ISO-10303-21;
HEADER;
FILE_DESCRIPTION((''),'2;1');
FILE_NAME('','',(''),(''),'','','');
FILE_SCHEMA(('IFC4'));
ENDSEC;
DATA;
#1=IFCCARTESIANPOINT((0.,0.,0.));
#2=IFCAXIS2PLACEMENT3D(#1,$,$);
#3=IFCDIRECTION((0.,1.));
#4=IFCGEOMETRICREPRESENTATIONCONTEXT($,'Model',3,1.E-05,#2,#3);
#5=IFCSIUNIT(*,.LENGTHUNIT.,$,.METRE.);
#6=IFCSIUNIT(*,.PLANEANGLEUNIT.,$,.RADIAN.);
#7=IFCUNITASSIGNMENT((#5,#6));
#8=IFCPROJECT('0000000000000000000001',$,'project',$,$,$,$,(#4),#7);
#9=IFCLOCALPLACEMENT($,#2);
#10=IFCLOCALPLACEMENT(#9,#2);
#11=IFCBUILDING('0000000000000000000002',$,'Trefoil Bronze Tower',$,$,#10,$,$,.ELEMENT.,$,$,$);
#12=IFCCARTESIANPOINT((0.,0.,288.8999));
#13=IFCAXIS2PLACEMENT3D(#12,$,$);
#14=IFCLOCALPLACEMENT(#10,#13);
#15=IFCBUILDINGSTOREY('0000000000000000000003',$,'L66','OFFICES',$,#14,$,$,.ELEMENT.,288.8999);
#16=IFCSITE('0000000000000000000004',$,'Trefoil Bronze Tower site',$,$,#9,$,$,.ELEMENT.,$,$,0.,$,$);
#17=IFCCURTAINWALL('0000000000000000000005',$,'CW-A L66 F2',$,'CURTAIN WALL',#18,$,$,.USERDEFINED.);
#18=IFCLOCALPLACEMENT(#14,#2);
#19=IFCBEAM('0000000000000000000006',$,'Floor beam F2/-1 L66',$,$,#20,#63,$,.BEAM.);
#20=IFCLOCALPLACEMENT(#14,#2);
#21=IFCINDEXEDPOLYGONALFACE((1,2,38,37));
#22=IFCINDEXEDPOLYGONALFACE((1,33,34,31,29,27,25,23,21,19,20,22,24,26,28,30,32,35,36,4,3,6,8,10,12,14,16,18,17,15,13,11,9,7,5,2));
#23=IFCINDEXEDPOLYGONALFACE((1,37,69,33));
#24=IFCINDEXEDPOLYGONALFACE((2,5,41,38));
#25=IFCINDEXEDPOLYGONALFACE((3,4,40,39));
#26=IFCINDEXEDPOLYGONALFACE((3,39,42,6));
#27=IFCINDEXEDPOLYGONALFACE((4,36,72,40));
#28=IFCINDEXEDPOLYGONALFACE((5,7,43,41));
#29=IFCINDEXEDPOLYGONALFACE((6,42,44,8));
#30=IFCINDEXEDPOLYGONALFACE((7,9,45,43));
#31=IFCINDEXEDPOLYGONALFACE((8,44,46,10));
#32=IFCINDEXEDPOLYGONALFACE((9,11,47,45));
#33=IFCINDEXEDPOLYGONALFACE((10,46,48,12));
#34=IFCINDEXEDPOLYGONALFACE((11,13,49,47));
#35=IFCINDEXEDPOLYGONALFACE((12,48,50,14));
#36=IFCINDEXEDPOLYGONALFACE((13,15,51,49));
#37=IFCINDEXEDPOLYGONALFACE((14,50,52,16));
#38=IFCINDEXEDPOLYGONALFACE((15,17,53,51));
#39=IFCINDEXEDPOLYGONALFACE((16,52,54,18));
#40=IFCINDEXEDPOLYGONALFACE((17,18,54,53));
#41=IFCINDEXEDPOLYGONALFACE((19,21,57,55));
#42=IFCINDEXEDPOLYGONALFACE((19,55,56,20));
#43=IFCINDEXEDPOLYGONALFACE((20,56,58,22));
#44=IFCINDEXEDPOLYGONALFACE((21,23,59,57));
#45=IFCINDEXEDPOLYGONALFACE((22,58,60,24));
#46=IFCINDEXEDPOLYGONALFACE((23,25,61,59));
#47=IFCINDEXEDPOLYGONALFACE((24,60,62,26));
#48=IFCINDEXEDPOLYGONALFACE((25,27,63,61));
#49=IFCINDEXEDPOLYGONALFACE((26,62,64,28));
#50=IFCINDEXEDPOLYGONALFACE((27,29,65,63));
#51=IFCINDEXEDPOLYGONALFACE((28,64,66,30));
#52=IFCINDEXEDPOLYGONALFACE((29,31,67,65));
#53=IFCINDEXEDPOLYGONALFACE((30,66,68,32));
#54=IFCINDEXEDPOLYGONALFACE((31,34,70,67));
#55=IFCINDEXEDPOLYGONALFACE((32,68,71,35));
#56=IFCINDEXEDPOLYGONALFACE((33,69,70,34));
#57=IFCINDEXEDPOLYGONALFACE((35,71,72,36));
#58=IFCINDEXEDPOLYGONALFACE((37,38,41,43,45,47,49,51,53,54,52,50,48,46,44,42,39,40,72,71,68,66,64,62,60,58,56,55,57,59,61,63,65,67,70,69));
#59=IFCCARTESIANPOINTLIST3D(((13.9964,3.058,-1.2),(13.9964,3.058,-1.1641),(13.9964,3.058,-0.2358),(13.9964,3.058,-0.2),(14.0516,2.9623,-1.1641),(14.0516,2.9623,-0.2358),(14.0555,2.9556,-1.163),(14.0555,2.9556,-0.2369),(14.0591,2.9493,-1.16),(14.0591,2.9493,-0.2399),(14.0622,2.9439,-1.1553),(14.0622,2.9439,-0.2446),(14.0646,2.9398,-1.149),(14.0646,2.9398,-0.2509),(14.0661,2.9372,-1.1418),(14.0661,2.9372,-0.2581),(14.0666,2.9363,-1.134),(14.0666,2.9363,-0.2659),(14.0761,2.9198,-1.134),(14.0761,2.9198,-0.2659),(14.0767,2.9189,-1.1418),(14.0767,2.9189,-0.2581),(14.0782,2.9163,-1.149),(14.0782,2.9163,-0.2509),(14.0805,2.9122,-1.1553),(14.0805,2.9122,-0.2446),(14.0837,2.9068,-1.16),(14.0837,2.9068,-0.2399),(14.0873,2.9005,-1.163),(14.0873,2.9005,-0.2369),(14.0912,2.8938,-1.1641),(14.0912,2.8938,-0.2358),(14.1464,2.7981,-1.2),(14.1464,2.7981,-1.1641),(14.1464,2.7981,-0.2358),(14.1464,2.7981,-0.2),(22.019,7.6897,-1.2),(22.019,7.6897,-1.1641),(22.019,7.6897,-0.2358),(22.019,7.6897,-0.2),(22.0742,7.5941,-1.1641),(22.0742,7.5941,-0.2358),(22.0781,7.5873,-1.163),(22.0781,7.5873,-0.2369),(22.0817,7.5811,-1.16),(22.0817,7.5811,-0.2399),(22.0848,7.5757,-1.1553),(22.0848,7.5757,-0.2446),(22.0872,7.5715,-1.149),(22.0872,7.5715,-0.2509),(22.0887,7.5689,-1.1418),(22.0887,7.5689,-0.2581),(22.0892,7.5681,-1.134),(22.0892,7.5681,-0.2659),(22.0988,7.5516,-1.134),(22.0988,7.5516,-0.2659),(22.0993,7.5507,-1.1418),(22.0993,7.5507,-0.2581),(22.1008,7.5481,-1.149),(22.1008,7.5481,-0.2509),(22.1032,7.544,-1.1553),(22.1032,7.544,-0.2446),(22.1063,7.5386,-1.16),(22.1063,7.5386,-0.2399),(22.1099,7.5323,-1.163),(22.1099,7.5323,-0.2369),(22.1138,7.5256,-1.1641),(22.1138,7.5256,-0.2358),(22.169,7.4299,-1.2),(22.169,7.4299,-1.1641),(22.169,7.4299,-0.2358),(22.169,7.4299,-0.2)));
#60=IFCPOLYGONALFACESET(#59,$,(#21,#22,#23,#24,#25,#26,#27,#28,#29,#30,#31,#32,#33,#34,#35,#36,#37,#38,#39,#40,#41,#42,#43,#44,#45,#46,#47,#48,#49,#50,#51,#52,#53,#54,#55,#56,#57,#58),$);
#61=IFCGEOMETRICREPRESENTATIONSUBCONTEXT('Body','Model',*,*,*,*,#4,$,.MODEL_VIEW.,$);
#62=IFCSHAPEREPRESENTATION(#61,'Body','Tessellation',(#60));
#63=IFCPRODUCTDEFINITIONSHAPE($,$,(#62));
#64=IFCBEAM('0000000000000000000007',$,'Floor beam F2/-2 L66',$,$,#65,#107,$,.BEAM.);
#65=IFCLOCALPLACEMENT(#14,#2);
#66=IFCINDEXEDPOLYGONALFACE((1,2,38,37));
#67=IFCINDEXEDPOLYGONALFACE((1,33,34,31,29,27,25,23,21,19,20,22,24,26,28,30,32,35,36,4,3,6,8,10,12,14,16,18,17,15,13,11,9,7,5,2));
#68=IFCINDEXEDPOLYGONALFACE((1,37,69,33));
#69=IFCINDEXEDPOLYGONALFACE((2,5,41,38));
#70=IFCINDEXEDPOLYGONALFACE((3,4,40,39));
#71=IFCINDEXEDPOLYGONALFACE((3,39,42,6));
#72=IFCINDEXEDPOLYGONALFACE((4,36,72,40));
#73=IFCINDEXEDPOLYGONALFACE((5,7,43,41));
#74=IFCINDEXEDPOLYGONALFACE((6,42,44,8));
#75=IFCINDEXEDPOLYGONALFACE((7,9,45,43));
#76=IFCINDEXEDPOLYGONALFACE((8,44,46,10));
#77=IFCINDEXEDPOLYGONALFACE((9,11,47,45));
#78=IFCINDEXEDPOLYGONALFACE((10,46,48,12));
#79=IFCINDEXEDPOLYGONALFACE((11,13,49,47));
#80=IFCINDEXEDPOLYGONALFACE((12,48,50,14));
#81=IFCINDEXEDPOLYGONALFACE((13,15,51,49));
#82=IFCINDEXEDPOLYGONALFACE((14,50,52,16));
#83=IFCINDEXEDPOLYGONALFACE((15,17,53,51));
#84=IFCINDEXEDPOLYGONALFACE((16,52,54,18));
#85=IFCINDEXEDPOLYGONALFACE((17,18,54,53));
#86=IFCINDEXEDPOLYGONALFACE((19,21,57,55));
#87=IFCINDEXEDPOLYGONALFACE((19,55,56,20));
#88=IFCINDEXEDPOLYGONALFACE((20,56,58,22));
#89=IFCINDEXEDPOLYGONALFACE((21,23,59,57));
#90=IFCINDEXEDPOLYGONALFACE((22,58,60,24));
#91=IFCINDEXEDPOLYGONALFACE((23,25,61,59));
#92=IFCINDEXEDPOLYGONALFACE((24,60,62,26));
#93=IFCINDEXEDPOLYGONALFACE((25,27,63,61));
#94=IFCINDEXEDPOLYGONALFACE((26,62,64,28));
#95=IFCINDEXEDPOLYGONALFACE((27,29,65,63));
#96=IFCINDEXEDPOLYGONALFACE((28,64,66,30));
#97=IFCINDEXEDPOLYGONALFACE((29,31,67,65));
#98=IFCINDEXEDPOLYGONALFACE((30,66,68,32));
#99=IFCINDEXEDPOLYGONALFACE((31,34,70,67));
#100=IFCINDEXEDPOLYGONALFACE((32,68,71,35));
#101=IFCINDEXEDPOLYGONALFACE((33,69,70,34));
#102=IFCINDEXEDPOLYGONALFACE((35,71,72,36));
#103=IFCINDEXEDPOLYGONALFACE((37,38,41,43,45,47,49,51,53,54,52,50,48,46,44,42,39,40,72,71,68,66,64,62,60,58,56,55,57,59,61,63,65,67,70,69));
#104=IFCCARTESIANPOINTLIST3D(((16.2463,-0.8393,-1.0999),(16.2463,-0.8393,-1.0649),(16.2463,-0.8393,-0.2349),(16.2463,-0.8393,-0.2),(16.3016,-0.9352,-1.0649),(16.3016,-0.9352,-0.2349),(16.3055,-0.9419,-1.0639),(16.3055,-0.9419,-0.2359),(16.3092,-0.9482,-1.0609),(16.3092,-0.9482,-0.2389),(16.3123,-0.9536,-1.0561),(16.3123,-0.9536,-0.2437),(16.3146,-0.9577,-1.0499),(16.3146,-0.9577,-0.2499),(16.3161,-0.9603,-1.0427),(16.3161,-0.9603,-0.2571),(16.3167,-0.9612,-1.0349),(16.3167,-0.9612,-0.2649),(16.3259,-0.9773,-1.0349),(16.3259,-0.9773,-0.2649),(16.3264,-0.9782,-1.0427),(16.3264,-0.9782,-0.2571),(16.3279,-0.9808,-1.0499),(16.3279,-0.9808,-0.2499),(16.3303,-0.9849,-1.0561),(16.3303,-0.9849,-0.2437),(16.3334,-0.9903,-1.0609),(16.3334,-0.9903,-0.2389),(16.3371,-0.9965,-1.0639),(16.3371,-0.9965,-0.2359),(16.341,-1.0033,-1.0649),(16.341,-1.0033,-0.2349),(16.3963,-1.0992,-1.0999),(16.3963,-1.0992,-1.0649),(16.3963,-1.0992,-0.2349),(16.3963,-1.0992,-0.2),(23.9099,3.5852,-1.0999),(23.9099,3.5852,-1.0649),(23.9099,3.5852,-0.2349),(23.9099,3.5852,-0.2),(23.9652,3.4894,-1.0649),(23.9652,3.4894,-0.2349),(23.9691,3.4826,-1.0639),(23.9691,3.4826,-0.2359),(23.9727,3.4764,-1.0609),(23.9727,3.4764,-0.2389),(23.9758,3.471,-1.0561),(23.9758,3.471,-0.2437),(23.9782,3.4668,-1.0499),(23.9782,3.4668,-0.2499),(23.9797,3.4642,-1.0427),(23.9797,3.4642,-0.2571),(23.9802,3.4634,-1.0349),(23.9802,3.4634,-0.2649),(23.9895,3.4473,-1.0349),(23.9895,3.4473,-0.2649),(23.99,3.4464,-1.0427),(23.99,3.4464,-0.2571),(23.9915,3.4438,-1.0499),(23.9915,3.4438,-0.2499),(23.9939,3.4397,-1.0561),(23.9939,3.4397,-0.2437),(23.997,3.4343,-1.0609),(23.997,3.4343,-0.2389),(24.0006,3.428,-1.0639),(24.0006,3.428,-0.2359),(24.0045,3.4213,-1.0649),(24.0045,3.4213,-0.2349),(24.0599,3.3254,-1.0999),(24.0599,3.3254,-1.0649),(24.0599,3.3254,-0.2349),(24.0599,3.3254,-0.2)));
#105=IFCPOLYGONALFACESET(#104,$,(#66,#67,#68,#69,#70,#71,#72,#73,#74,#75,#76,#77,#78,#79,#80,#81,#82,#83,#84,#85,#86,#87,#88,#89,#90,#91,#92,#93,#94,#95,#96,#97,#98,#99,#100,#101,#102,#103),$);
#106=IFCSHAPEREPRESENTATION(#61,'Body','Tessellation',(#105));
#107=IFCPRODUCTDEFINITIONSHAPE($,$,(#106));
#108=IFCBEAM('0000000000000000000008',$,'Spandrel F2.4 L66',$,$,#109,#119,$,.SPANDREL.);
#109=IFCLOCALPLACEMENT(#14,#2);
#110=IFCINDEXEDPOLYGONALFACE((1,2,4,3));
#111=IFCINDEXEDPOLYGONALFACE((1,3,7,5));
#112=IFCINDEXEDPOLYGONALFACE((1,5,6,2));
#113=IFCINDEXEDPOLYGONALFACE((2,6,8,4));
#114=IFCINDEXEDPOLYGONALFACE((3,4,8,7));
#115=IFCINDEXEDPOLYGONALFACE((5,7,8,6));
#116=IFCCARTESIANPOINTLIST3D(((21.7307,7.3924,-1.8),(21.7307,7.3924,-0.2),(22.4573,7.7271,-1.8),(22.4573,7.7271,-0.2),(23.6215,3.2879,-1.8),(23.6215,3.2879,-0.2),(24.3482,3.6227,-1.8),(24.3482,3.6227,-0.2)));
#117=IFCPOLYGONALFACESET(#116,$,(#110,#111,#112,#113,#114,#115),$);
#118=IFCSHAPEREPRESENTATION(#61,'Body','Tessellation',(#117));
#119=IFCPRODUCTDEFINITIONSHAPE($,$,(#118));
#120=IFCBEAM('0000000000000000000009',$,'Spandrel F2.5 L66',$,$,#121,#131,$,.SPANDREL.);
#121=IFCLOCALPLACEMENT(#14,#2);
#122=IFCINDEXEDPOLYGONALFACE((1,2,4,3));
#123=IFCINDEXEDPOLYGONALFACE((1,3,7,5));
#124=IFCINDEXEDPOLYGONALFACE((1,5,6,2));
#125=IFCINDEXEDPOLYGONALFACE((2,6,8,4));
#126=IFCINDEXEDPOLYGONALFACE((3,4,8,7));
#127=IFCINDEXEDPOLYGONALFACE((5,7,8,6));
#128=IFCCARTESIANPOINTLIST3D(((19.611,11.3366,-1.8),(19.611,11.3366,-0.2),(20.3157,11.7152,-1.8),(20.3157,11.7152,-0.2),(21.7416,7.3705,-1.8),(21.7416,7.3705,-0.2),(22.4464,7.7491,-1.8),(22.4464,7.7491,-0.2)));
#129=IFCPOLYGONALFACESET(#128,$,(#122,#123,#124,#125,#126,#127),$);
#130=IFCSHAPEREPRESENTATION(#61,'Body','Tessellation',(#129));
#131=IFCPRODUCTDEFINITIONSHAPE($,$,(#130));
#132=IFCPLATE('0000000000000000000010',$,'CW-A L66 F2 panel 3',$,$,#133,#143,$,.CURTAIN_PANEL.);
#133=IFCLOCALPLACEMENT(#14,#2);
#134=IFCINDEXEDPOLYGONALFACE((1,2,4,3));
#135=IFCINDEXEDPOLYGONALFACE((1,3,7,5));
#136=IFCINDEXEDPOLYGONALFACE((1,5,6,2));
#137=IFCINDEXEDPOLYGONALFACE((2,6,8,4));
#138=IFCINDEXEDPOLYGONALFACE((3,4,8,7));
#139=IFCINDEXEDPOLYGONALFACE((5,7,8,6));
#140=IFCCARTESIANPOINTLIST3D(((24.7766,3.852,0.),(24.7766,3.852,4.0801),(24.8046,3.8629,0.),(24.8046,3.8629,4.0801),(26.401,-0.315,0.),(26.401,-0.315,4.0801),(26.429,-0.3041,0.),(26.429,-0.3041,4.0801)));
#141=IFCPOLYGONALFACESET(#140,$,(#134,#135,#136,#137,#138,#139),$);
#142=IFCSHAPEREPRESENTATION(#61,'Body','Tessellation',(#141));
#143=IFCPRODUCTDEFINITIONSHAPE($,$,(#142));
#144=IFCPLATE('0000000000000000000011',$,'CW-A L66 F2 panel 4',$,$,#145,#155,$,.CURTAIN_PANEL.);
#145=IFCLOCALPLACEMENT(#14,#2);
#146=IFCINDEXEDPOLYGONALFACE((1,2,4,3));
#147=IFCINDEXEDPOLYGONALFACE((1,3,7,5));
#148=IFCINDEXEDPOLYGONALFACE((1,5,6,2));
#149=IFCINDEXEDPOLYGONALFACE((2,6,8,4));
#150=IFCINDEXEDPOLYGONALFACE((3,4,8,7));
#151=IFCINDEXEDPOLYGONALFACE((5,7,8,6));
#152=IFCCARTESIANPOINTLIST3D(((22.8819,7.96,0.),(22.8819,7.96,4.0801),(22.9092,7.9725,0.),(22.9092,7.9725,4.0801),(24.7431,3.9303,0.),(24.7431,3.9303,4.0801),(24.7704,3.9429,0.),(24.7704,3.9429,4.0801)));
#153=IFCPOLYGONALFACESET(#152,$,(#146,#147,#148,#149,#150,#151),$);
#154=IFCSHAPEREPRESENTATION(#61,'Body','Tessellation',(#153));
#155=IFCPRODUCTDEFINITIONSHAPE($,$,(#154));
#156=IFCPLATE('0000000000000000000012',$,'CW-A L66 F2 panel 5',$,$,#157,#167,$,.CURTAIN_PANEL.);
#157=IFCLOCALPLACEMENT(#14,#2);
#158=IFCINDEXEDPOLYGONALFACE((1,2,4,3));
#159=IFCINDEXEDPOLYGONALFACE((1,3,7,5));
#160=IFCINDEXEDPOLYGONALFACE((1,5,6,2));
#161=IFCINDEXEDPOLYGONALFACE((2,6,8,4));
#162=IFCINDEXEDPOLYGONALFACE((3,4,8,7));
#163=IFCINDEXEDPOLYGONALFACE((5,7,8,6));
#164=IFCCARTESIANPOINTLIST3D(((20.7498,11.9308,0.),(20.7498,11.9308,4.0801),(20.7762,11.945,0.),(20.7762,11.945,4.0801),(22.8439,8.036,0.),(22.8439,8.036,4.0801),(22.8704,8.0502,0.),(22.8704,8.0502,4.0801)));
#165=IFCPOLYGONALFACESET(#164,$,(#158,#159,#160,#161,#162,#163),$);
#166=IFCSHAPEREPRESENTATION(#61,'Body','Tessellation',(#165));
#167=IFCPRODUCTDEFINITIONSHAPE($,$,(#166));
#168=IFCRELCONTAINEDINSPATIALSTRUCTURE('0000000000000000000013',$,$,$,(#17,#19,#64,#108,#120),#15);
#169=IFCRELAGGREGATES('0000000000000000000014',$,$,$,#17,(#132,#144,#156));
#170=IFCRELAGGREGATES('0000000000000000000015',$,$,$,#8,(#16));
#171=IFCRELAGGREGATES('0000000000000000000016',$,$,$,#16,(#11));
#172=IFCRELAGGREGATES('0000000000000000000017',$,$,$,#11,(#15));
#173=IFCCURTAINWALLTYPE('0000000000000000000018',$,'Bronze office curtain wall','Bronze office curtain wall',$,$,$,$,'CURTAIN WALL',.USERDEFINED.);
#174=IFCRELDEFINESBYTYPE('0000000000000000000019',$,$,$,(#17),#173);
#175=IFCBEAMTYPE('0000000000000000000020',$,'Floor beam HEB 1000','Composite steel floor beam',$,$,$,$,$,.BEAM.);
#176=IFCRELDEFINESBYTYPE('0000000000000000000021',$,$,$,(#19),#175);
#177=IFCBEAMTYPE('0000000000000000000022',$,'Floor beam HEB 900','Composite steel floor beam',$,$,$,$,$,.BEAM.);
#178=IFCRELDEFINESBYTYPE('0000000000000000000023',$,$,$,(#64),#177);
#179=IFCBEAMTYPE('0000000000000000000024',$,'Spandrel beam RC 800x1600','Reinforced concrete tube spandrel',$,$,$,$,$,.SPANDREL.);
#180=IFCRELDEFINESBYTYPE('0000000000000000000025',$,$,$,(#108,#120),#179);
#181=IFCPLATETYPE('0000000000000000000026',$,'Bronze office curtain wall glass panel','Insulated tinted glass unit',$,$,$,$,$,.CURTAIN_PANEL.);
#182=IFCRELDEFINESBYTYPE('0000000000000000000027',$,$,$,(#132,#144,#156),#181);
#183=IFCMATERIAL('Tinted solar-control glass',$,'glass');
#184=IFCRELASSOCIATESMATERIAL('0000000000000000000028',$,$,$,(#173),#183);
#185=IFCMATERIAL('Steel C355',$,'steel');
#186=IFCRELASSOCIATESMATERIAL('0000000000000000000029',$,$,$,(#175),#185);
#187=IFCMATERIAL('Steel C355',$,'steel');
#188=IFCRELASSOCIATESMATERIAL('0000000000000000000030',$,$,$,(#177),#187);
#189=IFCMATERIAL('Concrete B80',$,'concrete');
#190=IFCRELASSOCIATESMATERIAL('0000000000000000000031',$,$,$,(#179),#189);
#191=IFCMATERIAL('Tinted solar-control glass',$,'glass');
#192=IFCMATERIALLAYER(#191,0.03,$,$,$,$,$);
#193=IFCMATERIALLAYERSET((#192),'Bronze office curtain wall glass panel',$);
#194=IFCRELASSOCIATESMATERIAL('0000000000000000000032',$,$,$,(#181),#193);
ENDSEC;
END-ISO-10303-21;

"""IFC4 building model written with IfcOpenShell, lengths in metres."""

from ifc_helpers import new_model, si_unit, direction, frame, origin, origin_2d, place, context, subcontext, project, spatial, rectangle, i_section, extrude, material, layer, layer_set, material_profile, profile_set, type_object, element, aggregate, save


model = new_model("IFC4")

# Units and contexts
model_context = context("Model", 3, precision=1e-05, world=origin(), true_north=direction((0.0, 1.0)))
body_context = subcontext(model_context, "Body", "Model", "MODEL_VIEW")
ifc_project = project(units=[si_unit("LENGTHUNIT", "METRE"), si_unit("PLANEANGLEUNIT", "RADIAN")], contexts=[model_context])

# Site, building, storey
site_placement = place(None, origin())
site = spatial("IfcSite", under=ifc_project, at=site_placement, Name="Trefoil Bronze Tower site", CompositionType="ELEMENT", RefElevation=0.0)
building_placement = place(site_placement, origin())
building = spatial("IfcBuilding", under=site, at=building_placement, Name="Trefoil Bronze Tower", CompositionType="ELEMENT")
storey_placement = place(building_placement, frame((0.0, 0.0, 288.8999)))
storey = spatial("IfcBuildingStorey", under=building, at=storey_placement, Name="L66", Description="OFFICES", CompositionType="ELEMENT", Elevation=288.8999)

# Curtain wall
ifc_material_1 = material(Name="Tinted solar-control glass", Category="glass")
curtain_wall_type = type_object("IfcCurtainWallType", Name="Bronze office curtain wall", Description="Bronze office curtain wall", ElementType="CURTAIN WALL", PredefinedType="USERDEFINED", material=ifc_material_1)
curtain_wall_placement = place(storey_placement, origin())
curtain_wall = element("IfcCurtainWall", 1, at=curtain_wall_placement, inside=storey, type_object=curtain_wall_type, Name="CW-A L66 F2", ObjectType="CURTAIN WALL", PredefinedType="USERDEFINED")

# Beams
ifc_material_2 = material(Name="Steel C355", Category="steel")
ifc_material_profile_1 = material_profile(ifc_material_2, i_section(OverallWidth=0.3, OverallDepth=1.0, WebThickness=0.019, FlangeThickness=0.0359, FilletRadius=0.03, at=origin_2d()), Name="HEB 1000")
ifc_profile_set_1 = profile_set([ifc_material_profile_1], Name="Steel C355")
beam_type_1 = type_object("IfcBeamType", Name="Floor beam HEB 1000", Description="Composite steel floor beam", PredefinedType="BEAM", material=ifc_profile_set_1)
beam_1_placement = place(storey_placement, frame((22.094, 7.5598, -0.7), z_axis=(-0.866029, -0.499994, 0.0), x_axis=(0.499994, -0.866029, 0.0)))
element("IfcBeam", 2, at=beam_1_placement, inside=storey, type_object=beam_type_1, Name="Floor beam F2/-1 L66", PredefinedType="BEAM", context=body_context, shape_type="SweptSolid", body=[
    extrude(i_section(OverallWidth=0.3, OverallDepth=1.0, WebThickness=0.019, FlangeThickness=0.0359, FilletRadius=0.03, at=origin_2d()), origin(), (0.0, 0.0, 1.0), 9.2637),
])
ifc_material_3 = material(Name="Steel C355", Category="steel")
ifc_material_profile_2 = material_profile(ifc_material_3, i_section(OverallWidth=0.3, OverallDepth=0.8999, WebThickness=0.0186, FlangeThickness=0.0349, FilletRadius=0.03, at=origin_2d()), Name="HEB 900")
ifc_profile_set_2 = profile_set([ifc_material_profile_2], Name="Steel C355")
beam_type_2 = type_object("IfcBeamType", Name="Floor beam HEB 900", Description="Composite steel floor beam", PredefinedType="BEAM", material=ifc_profile_set_2)
beam_2_placement = place(storey_placement, frame((23.9849, 3.4553, -0.6499), z_axis=(-0.866026, -0.499999, 0.0), x_axis=(0.499999, -0.866026, 0.0)))
element("IfcBeam", 3, at=beam_2_placement, inside=storey, type_object=beam_type_2, Name="Floor beam F2/-2 L66", PredefinedType="BEAM", context=body_context, shape_type="SweptSolid", body=[
    extrude(i_section(OverallWidth=0.3, OverallDepth=0.8999, WebThickness=0.0186, FlangeThickness=0.0349, FilletRadius=0.03, at=origin_2d()), origin(), (0.0, 0.0, 1.0), 8.8491),
])
ifc_material_4 = material(Name="Concrete B80", Category="concrete")
ifc_material_profile_3 = material_profile(ifc_material_4, rectangle(XDim=0.8, YDim=1.6001, at=origin_2d()), Name="RC 800x1600")
ifc_profile_set_3 = profile_set([ifc_material_profile_3], Name="Concrete B80")
beam_type_3 = type_object("IfcBeamType", Name="Spandrel beam RC 800x1600", Description="Reinforced concrete tube spandrel", PredefinedType="SPANDREL", material=ifc_profile_set_3)
beam_3_placement = place(storey_placement, frame((23.9849, 3.4553, -1.0), z_axis=(-0.418417, 0.908255, 0.0), x_axis=(-0.908255, -0.418417, 0.0)))
element("IfcBeam", 4, at=beam_3_placement, inside=storey, type_object=beam_type_3, Name="Spandrel F2.4 L66", PredefinedType="SPANDREL", context=body_context, shape_type="SweptSolid", body=[
    extrude(rectangle(XDim=0.8, YDim=1.6001, at=origin_2d()), origin(), (0.0, 0.0, 1.0), 4.519),
])
beam_4_placement = place(storey_placement, frame((22.094, 7.5598, -1.0), z_axis=(-0.473246, 0.88093, 0.0), x_axis=(-0.88093, -0.473246, 0.0)))
element("IfcBeam", 5, at=beam_4_placement, inside=storey, type_object=beam_type_3, Name="Spandrel F2.5 L66", PredefinedType="SPANDREL", context=body_context, shape_type="SweptSolid", body=[
    extrude(rectangle(XDim=0.8, YDim=1.6001, at=origin_2d()), origin(), (0.0, 0.0, 1.0), 4.5022),
])

# Plates
ifc_material_5 = material(Name="Tinted solar-control glass", Category="glass")
ifc_layer_1 = layer(ifc_material_5, 0.03)
ifc_layer_set_1 = layer_set([ifc_layer_1], Name="Bronze office curtain wall glass panel")
plate_type = type_object("IfcPlateType", Name="Bronze office curtain wall glass panel", Description="Insulated tinted glass unit", PredefinedType="CURTAIN_PANEL", material=ifc_layer_set_1)
plate_1_placement = place(storey_placement, frame((25.6028, 1.7739, 0.0), z_axis=(0.0, 0.0, 1.0), x_axis=(-0.363199, 0.931712, 0.0)))
plate_1 = element("IfcPlate", 6, at=plate_1_placement, type_object=plate_type, Name="CW-A L66 F2 panel 3", PredefinedType="CURTAIN_PANEL", context=body_context, shape_type="SweptSolid", body=[
    extrude(rectangle(XDim=4.4724, YDim=0.03, at=origin_2d()), origin(), (0.0, 0.0, 1.0), 4.0801),
])
plate_2_placement = place(storey_placement, frame((23.8262, 5.9514, 0.0), z_axis=(0.0, 0.0, 1.0), x_axis=(-0.419309, 0.907844, 0.0)))
plate_2 = element("IfcPlate", 7, at=plate_2_placement, type_object=plate_type, Name="CW-A L66 F2 panel 4", PredefinedType="CURTAIN_PANEL", context=body_context, shape_type="SweptSolid", body=[
    extrude(rectangle(XDim=4.4387, YDim=0.03, at=origin_2d()), origin(), (0.0, 0.0, 1.0), 4.0801),
])
plate_3_placement = place(storey_placement, frame((21.8101, 9.9905, 0.0), z_axis=(0.0, 0.0, 1.0), x_axis=(-0.473562, 0.88076, 0.0)))
plate_3 = element("IfcPlate", 8, at=plate_3_placement, type_object=plate_type, Name="CW-A L66 F2 panel 5", PredefinedType="CURTAIN_PANEL", context=body_context, shape_type="SweptSolid", body=[
    extrude(rectangle(XDim=4.4221, YDim=0.03, at=origin_2d()), origin(), (0.0, 0.0, 1.0), 4.0801),
])
aggregate(curtain_wall, [plate_1, plate_2, plate_3])

save(model, "model.ifc")
